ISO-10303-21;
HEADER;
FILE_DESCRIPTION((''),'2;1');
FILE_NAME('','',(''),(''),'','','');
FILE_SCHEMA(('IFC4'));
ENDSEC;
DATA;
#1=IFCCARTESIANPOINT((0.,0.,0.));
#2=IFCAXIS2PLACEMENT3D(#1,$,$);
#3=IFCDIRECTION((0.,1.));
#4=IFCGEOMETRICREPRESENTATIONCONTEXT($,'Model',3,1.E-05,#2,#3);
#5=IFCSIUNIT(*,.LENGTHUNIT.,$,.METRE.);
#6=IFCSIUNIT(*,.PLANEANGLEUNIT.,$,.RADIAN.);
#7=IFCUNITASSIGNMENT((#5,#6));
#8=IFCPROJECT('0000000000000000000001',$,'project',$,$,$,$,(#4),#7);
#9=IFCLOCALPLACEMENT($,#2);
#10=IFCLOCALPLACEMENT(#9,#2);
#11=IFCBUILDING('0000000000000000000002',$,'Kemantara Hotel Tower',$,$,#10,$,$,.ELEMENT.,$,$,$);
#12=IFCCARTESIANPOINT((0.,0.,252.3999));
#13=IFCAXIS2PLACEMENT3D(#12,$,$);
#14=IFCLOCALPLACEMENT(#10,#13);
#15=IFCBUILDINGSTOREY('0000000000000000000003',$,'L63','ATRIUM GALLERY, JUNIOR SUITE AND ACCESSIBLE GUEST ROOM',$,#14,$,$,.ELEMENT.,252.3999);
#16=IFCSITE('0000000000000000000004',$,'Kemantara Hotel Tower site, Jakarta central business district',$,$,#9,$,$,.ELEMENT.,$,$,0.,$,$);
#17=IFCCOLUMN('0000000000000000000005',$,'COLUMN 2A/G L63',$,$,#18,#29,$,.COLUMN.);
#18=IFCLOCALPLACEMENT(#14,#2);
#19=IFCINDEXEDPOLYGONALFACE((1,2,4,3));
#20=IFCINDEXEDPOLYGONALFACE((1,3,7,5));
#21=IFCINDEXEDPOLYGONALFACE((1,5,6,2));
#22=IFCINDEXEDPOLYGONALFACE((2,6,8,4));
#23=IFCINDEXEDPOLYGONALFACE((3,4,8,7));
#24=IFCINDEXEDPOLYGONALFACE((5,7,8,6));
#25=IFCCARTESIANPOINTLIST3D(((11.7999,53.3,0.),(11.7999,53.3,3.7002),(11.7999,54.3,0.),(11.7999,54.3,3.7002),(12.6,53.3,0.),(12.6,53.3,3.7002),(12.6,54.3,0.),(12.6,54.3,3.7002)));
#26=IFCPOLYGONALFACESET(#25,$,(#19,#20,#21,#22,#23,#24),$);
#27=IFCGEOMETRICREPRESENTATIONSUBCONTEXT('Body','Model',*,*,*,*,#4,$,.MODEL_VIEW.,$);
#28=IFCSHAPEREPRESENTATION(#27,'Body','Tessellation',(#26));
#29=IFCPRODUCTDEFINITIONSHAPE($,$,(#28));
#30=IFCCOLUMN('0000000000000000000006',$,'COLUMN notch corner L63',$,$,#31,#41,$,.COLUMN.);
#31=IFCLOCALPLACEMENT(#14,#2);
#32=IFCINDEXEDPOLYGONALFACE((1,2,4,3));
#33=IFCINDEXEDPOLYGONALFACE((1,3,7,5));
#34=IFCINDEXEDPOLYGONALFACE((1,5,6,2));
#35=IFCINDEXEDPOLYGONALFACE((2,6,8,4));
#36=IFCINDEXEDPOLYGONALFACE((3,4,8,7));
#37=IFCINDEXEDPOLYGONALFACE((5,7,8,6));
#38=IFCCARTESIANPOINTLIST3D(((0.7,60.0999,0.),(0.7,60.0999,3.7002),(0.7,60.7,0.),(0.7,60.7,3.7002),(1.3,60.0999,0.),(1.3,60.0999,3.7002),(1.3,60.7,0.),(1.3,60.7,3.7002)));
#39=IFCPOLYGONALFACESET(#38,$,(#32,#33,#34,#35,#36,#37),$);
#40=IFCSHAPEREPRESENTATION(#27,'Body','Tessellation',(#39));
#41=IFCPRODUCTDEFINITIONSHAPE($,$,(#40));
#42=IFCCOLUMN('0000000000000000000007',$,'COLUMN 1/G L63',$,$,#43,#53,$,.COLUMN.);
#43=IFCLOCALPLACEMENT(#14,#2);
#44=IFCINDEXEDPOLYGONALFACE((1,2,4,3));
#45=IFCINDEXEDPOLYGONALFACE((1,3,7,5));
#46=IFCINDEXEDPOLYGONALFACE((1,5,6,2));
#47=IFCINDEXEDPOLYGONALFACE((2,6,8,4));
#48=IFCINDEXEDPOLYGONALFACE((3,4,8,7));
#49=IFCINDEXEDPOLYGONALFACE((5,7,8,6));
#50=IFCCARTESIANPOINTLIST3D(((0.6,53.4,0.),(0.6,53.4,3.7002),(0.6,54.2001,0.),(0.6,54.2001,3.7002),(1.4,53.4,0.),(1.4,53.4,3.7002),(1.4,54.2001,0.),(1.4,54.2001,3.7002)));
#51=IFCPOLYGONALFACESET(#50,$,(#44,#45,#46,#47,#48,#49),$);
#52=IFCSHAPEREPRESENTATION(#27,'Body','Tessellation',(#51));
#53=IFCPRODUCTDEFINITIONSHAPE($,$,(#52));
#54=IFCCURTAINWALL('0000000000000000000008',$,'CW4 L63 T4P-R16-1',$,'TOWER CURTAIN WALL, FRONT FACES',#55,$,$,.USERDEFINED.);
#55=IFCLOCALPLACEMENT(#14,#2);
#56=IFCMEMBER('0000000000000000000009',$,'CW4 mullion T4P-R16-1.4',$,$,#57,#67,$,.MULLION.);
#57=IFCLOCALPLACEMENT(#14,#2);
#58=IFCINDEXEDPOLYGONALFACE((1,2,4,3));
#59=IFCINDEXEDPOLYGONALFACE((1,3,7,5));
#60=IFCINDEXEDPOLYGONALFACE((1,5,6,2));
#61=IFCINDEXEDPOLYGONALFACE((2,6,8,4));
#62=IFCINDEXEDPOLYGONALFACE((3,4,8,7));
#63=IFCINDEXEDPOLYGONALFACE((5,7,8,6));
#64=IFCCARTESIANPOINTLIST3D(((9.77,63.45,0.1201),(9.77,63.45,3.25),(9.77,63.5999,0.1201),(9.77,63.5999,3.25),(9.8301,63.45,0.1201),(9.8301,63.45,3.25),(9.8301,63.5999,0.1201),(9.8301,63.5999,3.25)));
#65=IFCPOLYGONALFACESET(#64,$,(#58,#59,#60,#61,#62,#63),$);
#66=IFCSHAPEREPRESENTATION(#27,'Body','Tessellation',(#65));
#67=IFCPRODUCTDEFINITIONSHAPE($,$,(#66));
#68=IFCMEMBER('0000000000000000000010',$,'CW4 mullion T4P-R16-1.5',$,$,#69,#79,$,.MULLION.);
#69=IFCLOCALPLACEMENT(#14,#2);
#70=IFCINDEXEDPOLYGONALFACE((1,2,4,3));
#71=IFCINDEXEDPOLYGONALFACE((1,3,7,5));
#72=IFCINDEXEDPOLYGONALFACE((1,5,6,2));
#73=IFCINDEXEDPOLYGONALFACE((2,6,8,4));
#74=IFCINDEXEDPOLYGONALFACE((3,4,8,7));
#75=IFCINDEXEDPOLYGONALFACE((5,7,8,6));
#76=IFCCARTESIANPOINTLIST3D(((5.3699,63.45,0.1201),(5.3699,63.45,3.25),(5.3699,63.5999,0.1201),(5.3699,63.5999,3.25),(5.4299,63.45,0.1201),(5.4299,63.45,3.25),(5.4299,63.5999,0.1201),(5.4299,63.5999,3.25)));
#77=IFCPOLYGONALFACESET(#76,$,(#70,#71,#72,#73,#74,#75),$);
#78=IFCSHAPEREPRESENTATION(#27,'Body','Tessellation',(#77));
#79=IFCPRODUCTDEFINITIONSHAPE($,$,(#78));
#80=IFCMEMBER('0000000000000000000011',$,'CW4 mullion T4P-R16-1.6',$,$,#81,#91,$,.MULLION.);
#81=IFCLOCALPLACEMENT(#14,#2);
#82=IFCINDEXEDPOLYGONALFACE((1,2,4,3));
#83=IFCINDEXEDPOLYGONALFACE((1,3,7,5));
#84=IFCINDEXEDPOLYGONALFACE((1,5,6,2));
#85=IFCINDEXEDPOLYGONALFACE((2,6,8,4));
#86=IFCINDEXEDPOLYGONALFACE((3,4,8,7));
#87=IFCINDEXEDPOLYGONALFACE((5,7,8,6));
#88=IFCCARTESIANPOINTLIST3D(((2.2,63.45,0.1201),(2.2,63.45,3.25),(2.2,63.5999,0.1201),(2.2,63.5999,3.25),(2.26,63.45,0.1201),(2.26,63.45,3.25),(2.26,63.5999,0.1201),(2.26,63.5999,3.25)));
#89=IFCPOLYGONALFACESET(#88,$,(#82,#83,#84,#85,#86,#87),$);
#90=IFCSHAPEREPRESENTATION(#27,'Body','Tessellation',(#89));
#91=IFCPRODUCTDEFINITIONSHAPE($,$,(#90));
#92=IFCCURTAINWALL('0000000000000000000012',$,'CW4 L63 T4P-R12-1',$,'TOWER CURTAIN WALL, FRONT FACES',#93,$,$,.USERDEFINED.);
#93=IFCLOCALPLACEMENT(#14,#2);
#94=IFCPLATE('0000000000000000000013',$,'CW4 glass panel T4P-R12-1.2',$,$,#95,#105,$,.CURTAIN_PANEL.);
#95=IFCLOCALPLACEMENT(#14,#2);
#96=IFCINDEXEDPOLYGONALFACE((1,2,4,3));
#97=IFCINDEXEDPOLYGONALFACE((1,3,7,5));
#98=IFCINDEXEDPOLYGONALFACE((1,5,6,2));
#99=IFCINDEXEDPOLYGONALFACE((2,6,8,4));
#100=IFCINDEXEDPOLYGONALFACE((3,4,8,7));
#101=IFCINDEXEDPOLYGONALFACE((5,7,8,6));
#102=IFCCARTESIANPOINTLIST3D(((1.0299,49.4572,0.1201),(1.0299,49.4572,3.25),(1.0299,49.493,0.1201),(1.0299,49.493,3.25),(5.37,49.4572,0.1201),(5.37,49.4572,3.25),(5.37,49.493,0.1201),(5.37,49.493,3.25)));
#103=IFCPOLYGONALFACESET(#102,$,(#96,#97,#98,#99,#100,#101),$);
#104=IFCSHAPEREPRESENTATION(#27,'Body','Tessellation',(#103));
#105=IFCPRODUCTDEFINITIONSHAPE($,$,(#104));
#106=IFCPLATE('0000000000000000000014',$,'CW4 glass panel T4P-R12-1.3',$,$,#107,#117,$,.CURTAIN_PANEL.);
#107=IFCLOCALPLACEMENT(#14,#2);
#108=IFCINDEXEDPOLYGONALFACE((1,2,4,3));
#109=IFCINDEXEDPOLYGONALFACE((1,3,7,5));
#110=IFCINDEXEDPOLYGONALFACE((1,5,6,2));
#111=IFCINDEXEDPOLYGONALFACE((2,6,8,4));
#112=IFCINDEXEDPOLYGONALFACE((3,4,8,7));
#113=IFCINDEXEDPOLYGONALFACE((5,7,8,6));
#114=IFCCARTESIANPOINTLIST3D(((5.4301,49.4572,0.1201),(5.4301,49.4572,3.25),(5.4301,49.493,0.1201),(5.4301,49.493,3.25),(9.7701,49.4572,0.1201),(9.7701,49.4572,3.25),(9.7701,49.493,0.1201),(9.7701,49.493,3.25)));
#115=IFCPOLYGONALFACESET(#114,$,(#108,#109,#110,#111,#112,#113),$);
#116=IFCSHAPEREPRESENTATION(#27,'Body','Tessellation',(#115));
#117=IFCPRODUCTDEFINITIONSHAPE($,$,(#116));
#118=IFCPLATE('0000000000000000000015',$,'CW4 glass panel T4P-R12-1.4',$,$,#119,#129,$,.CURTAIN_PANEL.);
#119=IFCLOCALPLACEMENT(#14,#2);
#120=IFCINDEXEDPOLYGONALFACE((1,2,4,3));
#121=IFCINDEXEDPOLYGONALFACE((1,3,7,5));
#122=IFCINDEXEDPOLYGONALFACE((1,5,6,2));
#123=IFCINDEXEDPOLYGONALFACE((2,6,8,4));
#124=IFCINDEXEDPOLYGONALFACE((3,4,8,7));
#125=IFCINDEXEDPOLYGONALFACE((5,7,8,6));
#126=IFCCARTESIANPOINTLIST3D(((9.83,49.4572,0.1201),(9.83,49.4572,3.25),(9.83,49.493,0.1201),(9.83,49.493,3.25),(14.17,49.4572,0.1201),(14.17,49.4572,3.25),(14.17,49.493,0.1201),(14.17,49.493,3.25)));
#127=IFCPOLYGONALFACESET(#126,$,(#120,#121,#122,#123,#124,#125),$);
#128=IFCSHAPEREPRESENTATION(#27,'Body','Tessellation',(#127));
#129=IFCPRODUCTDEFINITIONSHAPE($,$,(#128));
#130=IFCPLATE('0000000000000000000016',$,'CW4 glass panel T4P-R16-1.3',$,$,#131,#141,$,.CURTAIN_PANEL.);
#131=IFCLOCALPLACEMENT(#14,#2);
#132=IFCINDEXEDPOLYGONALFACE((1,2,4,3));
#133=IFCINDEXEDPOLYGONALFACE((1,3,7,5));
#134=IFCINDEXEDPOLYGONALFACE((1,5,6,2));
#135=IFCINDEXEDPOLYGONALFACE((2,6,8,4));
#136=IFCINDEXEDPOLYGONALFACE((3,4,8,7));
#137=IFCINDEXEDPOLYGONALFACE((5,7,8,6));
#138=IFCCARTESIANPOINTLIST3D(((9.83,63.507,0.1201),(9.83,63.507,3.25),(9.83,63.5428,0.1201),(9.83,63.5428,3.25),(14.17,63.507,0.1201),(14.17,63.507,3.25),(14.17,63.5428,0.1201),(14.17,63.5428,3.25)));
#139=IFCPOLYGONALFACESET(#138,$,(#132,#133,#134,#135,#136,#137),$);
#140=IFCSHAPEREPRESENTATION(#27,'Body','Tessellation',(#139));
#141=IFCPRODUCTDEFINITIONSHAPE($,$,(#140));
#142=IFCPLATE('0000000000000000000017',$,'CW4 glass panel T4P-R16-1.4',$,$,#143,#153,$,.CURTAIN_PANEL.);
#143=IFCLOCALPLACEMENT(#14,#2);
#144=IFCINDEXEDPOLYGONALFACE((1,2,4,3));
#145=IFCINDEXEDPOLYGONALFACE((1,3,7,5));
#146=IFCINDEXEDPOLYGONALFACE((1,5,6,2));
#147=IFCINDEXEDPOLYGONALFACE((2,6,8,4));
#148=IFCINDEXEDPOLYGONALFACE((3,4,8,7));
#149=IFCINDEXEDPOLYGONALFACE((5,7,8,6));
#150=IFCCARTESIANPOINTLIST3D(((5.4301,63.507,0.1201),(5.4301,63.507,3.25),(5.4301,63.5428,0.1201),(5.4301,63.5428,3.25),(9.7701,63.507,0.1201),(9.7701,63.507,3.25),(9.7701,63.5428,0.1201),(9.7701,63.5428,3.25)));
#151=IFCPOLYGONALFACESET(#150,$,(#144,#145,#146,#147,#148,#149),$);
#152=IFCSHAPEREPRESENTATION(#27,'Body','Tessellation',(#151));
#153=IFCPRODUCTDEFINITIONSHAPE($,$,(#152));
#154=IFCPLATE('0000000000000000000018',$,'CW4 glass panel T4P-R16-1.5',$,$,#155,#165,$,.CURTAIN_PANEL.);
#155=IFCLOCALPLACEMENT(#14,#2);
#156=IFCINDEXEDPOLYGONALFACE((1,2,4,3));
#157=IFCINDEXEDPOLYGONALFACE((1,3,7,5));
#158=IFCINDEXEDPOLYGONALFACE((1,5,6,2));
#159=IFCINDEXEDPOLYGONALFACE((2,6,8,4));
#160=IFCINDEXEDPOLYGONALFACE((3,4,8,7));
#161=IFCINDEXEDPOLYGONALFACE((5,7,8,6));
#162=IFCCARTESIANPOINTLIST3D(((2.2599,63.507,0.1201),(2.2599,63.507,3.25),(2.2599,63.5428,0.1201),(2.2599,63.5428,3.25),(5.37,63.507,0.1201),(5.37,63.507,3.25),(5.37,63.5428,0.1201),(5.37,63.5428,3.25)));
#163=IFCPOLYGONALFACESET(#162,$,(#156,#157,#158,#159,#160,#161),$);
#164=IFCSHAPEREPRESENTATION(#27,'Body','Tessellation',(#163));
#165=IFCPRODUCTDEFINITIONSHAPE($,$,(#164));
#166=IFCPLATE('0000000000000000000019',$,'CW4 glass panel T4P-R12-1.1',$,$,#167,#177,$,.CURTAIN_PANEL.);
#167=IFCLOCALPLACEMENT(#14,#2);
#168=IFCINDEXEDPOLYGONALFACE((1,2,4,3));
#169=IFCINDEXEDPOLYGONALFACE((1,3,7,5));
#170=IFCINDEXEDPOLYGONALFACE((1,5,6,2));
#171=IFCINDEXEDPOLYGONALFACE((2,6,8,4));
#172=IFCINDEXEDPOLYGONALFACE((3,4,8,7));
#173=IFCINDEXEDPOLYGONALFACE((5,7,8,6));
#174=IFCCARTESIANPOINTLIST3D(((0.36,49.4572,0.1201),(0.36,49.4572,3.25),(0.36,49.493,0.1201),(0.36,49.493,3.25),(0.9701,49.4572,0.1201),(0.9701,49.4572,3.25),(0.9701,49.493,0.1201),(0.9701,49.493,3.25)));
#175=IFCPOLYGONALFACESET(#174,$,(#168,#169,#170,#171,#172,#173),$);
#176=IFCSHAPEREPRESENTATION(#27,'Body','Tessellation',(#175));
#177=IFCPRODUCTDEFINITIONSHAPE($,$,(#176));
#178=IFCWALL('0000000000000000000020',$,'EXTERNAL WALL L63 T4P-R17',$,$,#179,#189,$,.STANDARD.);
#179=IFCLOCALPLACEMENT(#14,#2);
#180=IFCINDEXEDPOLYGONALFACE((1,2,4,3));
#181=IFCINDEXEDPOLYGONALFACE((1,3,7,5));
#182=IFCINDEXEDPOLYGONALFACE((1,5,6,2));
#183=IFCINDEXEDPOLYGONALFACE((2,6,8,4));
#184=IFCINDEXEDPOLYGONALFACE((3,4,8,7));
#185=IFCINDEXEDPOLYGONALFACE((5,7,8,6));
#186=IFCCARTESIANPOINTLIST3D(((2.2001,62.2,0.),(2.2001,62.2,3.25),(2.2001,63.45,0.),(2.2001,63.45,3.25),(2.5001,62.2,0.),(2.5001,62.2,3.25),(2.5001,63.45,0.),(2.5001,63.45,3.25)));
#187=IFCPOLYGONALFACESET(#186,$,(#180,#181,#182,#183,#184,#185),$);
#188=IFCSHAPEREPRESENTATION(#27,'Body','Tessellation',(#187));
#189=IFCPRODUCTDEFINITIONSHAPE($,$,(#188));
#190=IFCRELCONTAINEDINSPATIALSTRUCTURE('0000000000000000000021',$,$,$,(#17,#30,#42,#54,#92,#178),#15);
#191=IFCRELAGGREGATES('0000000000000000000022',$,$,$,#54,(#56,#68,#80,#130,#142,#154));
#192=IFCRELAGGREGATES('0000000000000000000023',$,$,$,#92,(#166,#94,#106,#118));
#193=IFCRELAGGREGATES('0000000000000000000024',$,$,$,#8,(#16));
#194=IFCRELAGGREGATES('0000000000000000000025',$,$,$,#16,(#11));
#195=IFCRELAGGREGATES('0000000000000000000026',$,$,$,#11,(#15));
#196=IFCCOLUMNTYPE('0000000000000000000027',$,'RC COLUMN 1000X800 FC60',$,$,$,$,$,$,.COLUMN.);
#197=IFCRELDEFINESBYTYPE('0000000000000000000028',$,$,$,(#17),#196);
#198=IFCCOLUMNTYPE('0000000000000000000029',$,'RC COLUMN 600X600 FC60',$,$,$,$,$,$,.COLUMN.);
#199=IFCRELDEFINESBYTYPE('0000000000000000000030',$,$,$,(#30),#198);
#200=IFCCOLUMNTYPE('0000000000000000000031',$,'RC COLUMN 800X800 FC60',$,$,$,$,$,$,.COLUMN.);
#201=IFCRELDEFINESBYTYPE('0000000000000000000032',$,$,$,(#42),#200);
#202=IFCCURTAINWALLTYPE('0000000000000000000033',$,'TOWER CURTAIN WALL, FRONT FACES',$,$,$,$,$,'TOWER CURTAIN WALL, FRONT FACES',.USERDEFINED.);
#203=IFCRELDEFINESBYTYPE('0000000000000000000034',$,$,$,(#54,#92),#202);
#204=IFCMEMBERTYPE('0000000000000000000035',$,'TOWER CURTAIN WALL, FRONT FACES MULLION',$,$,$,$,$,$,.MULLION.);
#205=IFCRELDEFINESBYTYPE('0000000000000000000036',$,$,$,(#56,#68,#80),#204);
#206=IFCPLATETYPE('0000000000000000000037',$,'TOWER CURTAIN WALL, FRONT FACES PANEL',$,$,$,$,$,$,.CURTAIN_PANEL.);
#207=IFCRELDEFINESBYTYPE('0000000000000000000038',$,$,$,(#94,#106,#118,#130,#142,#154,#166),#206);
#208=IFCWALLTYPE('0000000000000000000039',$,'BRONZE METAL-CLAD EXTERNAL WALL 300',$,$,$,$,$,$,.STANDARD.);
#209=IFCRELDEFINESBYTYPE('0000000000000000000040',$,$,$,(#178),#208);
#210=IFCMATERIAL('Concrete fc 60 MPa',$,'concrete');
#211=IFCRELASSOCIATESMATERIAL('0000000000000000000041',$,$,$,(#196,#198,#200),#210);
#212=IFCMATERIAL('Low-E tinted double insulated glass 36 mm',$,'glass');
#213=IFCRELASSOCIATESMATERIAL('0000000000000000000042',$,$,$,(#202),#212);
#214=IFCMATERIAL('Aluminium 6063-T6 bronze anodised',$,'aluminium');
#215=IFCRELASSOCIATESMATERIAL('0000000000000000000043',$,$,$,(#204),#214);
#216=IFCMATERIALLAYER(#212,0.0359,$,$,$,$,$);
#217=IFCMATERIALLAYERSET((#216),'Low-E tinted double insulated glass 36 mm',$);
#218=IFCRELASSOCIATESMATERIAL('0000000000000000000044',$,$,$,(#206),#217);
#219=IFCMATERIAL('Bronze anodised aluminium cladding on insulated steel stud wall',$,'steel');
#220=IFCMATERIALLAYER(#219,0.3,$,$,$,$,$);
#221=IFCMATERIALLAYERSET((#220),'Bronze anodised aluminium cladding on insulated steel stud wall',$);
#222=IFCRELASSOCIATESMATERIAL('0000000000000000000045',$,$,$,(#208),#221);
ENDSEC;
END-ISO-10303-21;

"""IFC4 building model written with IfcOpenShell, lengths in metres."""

from ifc_helpers import new_model, si_unit, direction, frame, frame_2d, origin, origin_2d, place, context, subcontext, project, spatial, rectangle, extrude, source, transform, mapped, material, layer, layer_set, material_profile, profile_set, type_object, element, aggregate, save


model = new_model("IFC4")

# Units and contexts
model_context = context("Model", 3, precision=1e-05, world=origin(), true_north=direction((0.0, 1.0)))
body_context = subcontext(model_context, "Body", "Model", "MODEL_VIEW")
ifc_project = project(units=[si_unit("LENGTHUNIT", "METRE"), si_unit("PLANEANGLEUNIT", "RADIAN")], contexts=[model_context])

# Site, building, storey
site_placement = place(None, origin())
site = spatial("IfcSite", under=ifc_project, at=site_placement, Name="Kemantara Hotel Tower site, Jakarta central business district", CompositionType="ELEMENT", RefElevation=0.0)
building_placement = place(site_placement, origin())
building = spatial("IfcBuilding", under=site, at=building_placement, Name="Kemantara Hotel Tower", CompositionType="ELEMENT")
storey_placement = place(building_placement, frame((0.0, 0.0, 252.3999)))
storey = spatial("IfcBuildingStorey", under=building, at=storey_placement, Name="L63", Description="ATRIUM GALLERY, JUNIOR SUITE AND ACCESSIBLE GUEST ROOM", CompositionType="ELEMENT", Elevation=252.3999)

# Columns
ifc_material_1 = material(Name="Concrete fc 60 MPa", Category="concrete")
ifc_material_profile_1 = material_profile(ifc_material_1, rectangle(XDim=1.0, YDim=0.8, at=origin_2d()), Name="RC 1000X800")
ifc_profile_set_1 = profile_set([ifc_material_profile_1], Name="Concrete fc 60 MPa")
column_type_1 = type_object("IfcColumnType", Name="RC COLUMN 1000X800 FC60", PredefinedType="COLUMN", material=ifc_profile_set_1)
column_1_placement = place(storey_placement, frame((12.2, 53.8, 0.0), z_axis=(0.0, 0.0, 1.0), x_axis=(0.0, 1.0, 0.0)))
element("IfcColumn", 1, at=column_1_placement, inside=storey, type_object=column_type_1, Name="COLUMN 2A/G L63", PredefinedType="COLUMN", context=body_context, shape_type="SweptSolid", body=[
    extrude(rectangle(XDim=1.0, YDim=0.8, at=origin_2d()), origin(), (0.0, 0.0, 1.0), 3.7002),
])
ifc_material_profile_2 = material_profile(ifc_material_1, rectangle(XDim=0.6001, YDim=0.6001, at=origin_2d()), Name="RC 600X600")
ifc_profile_set_2 = profile_set([ifc_material_profile_2], Name="Concrete fc 60 MPa")
column_type_2 = type_object("IfcColumnType", Name="RC COLUMN 600X600 FC60", PredefinedType="COLUMN", material=ifc_profile_set_2)
column_2_placement = place(storey_placement, frame((1.0, 60.3999, 0.0), z_axis=(0.0, 0.0, 1.0), x_axis=(1.0, 0.0, 0.0)))
element("IfcColumn", 2, at=column_2_placement, inside=storey, type_object=column_type_2, Name="COLUMN notch corner L63", PredefinedType="COLUMN", context=body_context, shape_type="SweptSolid", body=[
    extrude(rectangle(XDim=0.6001, YDim=0.6001, at=origin_2d()), origin(), (0.0, 0.0, 1.0), 3.7002),
])
ifc_material_profile_3 = material_profile(ifc_material_1, rectangle(XDim=0.8, YDim=0.8, at=origin_2d()), Name="RC 800X800")
ifc_profile_set_3 = profile_set([ifc_material_profile_3], Name="Concrete fc 60 MPa")
column_type_3 = type_object("IfcColumnType", Name="RC COLUMN 800X800 FC60", PredefinedType="COLUMN", material=ifc_profile_set_3)
column_3_placement = place(storey_placement, frame((1.0, 53.8, 0.0), z_axis=(0.0, 0.0, 1.0), x_axis=(1.0, 0.0, 0.0)))
element("IfcColumn", 3, at=column_3_placement, inside=storey, type_object=column_type_3, Name="COLUMN 1/G L63", PredefinedType="COLUMN", context=body_context, shape_type="SweptSolid", body=[
    extrude(rectangle(XDim=0.8, YDim=0.8, at=origin_2d()), origin(), (0.0, 0.0, 1.0), 3.7002),
])

# Curtain wall, members
ifc_material_2 = material(Name="Low-E tinted double insulated glass 36 mm", Category="glass")
curtain_wall_type = type_object("IfcCurtainWallType", Name="TOWER CURTAIN WALL, FRONT FACES", ElementType="TOWER CURTAIN WALL, FRONT FACES", PredefinedType="USERDEFINED", material=ifc_material_2)
curtain_wall_1_placement = place(storey_placement, origin())
curtain_wall_1 = element("IfcCurtainWall", 4, at=curtain_wall_1_placement, inside=storey, type_object=curtain_wall_type, Name="CW4 L63 T4P-R16-1", ObjectType="TOWER CURTAIN WALL, FRONT FACES", PredefinedType="USERDEFINED")
ifc_material_3 = material(Name="Aluminium 6063-T6 bronze anodised", Category="aluminium")
ifc_material_profile_4 = material_profile(ifc_material_3, rectangle(XDim=0.1499, YDim=0.0601, at=origin_2d()), Name="TOWER CURTAIN WALL, FRONT FACES MULLION")
ifc_profile_set_4 = profile_set([ifc_material_profile_4], Name="Aluminium 6063-T6 bronze anodised")
member_type = type_object("IfcMemberType", Name="TOWER CURTAIN WALL, FRONT FACES MULLION", PredefinedType="MULLION", material=ifc_profile_set_4)
shared_shape_1 = source(origin(), body_context, "Body", "SweptSolid", [
    extrude(rectangle(XDim=0.1499, YDim=0.0601, at=origin_2d()), origin(), (0.0, 0.0, 1.0), 3.1299),
])
member_1_placement = place(storey_placement, frame((9.8, 63.5249, 0.1201), z_axis=(0.0, 0.0, 1.0), x_axis=(0.0, -1.0, 0.0)))
member_1 = element("IfcMember", 5, at=member_1_placement, type_object=member_type, Name="CW4 mullion T4P-R16-1.4", PredefinedType="MULLION", context=body_context, shape_type="MappedRepresentation", body=[
    mapped(shared_shape_1, transform((0.0, 0.0, 0.0))),
])
member_2_placement = place(storey_placement, frame((5.3999, 63.5249, 0.1201), z_axis=(0.0, 0.0, 1.0), x_axis=(0.0, -1.0, 0.0)))
member_2 = element("IfcMember", 6, at=member_2_placement, type_object=member_type, Name="CW4 mullion T4P-R16-1.5", PredefinedType="MULLION", context=body_context, shape_type="MappedRepresentation", body=[
    mapped(shared_shape_1, transform((0.0, 0.0, 0.0))),
])
member_3_placement = place(storey_placement, frame((2.23, 63.5249, 0.1201), z_axis=(0.0, 0.0, 1.0), x_axis=(0.0, -1.0, 0.0)))
member_3 = element("IfcMember", 7, at=member_3_placement, type_object=member_type, Name="CW4 mullion T4P-R16-1.6", PredefinedType="MULLION", context=body_context, shape_type="MappedRepresentation", body=[
    mapped(shared_shape_1, transform((0.0, 0.0, 0.0))),
])

# Curtain wall, plates
curtain_wall_2_placement = place(storey_placement, origin())
curtain_wall_2 = element("IfcCurtainWall", 8, at=curtain_wall_2_placement, inside=storey, type_object=curtain_wall_type, Name="CW4 L63 T4P-R12-1", ObjectType="TOWER CURTAIN WALL, FRONT FACES", PredefinedType="USERDEFINED")
ifc_layer_1 = layer(ifc_material_2, 0.0359)
ifc_layer_set_1 = layer_set([ifc_layer_1], Name="Low-E tinted double insulated glass 36 mm")
plate_type = type_object("IfcPlateType", Name="TOWER CURTAIN WALL, FRONT FACES PANEL", PredefinedType="CURTAIN_PANEL", material=ifc_layer_set_1)
shared_shape_2 = source(origin(), body_context, "Body", "SweptSolid", [
    extrude(rectangle(XDim=4.3401, YDim=0.0359, at=origin_2d()), origin(), (0.0, 0.0, 1.0), 3.1299),
])
plate_1_placement = place(storey_placement, frame((3.2, 49.4751, 0.1201), z_axis=(0.0, 0.0, 1.0), x_axis=(1.0, 0.0, 0.0)))
plate_1 = element("IfcPlate", 9, at=plate_1_placement, type_object=plate_type, Name="CW4 glass panel T4P-R12-1.2", PredefinedType="CURTAIN_PANEL", context=body_context, shape_type="MappedRepresentation", body=[
    mapped(shared_shape_2, transform((0.0, 0.0, 0.0))),
])
plate_2_placement = place(storey_placement, frame((7.6001, 49.4751, 0.1201), z_axis=(0.0, 0.0, 1.0), x_axis=(1.0, 0.0, 0.0)))
plate_2 = element("IfcPlate", 10, at=plate_2_placement, type_object=plate_type, Name="CW4 glass panel T4P-R12-1.3", PredefinedType="CURTAIN_PANEL", context=body_context, shape_type="MappedRepresentation", body=[
    mapped(shared_shape_2, transform((0.0, 0.0, 0.0))),
])
plate_3_placement = place(storey_placement, frame((12.0, 49.4751, 0.1201), z_axis=(0.0, 0.0, 1.0), x_axis=(1.0, 0.0, 0.0)))
plate_3 = element("IfcPlate", 11, at=plate_3_placement, type_object=plate_type, Name="CW4 glass panel T4P-R12-1.4", PredefinedType="CURTAIN_PANEL", context=body_context, shape_type="MappedRepresentation", body=[
    mapped(shared_shape_2, transform((0.0, 0.0, 0.0))),
])

# Plates
plate_4_placement = place(storey_placement, frame((12.0, 63.5249, 0.1201), z_axis=(0.0, 0.0, 1.0), x_axis=(-1.0, 0.0, 0.0)))
plate_4 = element("IfcPlate", 12, at=plate_4_placement, type_object=plate_type, Name="CW4 glass panel T4P-R16-1.3", PredefinedType="CURTAIN_PANEL", context=body_context, shape_type="MappedRepresentation", body=[
    mapped(shared_shape_2, transform((0.0, 0.0, 0.0))),
])
plate_5_placement = place(storey_placement, frame((7.6001, 63.5249, 0.1201), z_axis=(0.0, 0.0, 1.0), x_axis=(-1.0, 0.0, 0.0)))
plate_5 = element("IfcPlate", 13, at=plate_5_placement, type_object=plate_type, Name="CW4 glass panel T4P-R16-1.4", PredefinedType="CURTAIN_PANEL", context=body_context, shape_type="MappedRepresentation", body=[
    mapped(shared_shape_2, transform((0.0, 0.0, 0.0))),
])
shared_shape_3 = source(origin(), body_context, "Body", "SweptSolid", [
    extrude(rectangle(XDim=3.1101, YDim=0.0359, at=origin_2d()), origin(), (0.0, 0.0, 1.0), 3.1299),
])
plate_6_placement = place(storey_placement, frame((3.8149, 63.5249, 0.1201), z_axis=(0.0, 0.0, 1.0), x_axis=(-1.0, 0.0, 0.0)))
plate_6 = element("IfcPlate", 14, at=plate_6_placement, type_object=plate_type, Name="CW4 glass panel T4P-R16-1.5", PredefinedType="CURTAIN_PANEL", context=body_context, shape_type="MappedRepresentation", body=[
    mapped(shared_shape_3, transform((0.0, 0.0, 0.0))),
])
aggregate(curtain_wall_1, [member_1, member_2, member_3, plate_4, plate_5, plate_6])
shared_shape_4 = source(origin(), body_context, "Body", "SweptSolid", [
    extrude(rectangle(XDim=0.6101, YDim=0.0359, at=origin_2d()), origin(), (0.0, 0.0, 1.0), 3.1299),
])
plate_7_placement = place(storey_placement, frame((0.665, 49.4751, 0.1201), z_axis=(0.0, 0.0, 1.0), x_axis=(1.0, 0.0, 0.0)))
plate_7 = element("IfcPlate", 15, at=plate_7_placement, type_object=plate_type, Name="CW4 glass panel T4P-R12-1.1", PredefinedType="CURTAIN_PANEL", context=body_context, shape_type="MappedRepresentation", body=[
    mapped(shared_shape_4, transform((0.0, 0.0, 0.0))),
])
aggregate(curtain_wall_2, [plate_7, plate_1, plate_2, plate_3])

# Wall
ifc_material_4 = material(Name="Bronze anodised aluminium cladding on insulated steel stud wall", Category="steel")
ifc_layer_2 = layer(ifc_material_4, 0.3)
ifc_layer_set_2 = layer_set([ifc_layer_2], Name="Bronze anodised aluminium cladding on insulated steel stud wall")
wall_type_1 = type_object("IfcWallType", Name="BRONZE METAL-CLAD EXTERNAL WALL 300", PredefinedType="STANDARD", material=ifc_layer_set_2)
wall_1_placement = place(storey_placement, frame((2.3501, 63.45, 0.0), z_axis=(0.0, 0.0, 1.0), x_axis=(0.0, -1.0, 0.0)))
element("IfcWall", 16, at=wall_1_placement, inside=storey, type_object=wall_type_1, Name="EXTERNAL WALL L63 T4P-R17", PredefinedType="STANDARD", context=body_context, shape_type="SweptSolid", body=[
    extrude(rectangle(XDim=1.25, YDim=0.3, at=frame_2d((0.625, 0.0))), origin(), (0.0, 0.0, 1.0), 3.25),
])

save(model, "model.ifc")
